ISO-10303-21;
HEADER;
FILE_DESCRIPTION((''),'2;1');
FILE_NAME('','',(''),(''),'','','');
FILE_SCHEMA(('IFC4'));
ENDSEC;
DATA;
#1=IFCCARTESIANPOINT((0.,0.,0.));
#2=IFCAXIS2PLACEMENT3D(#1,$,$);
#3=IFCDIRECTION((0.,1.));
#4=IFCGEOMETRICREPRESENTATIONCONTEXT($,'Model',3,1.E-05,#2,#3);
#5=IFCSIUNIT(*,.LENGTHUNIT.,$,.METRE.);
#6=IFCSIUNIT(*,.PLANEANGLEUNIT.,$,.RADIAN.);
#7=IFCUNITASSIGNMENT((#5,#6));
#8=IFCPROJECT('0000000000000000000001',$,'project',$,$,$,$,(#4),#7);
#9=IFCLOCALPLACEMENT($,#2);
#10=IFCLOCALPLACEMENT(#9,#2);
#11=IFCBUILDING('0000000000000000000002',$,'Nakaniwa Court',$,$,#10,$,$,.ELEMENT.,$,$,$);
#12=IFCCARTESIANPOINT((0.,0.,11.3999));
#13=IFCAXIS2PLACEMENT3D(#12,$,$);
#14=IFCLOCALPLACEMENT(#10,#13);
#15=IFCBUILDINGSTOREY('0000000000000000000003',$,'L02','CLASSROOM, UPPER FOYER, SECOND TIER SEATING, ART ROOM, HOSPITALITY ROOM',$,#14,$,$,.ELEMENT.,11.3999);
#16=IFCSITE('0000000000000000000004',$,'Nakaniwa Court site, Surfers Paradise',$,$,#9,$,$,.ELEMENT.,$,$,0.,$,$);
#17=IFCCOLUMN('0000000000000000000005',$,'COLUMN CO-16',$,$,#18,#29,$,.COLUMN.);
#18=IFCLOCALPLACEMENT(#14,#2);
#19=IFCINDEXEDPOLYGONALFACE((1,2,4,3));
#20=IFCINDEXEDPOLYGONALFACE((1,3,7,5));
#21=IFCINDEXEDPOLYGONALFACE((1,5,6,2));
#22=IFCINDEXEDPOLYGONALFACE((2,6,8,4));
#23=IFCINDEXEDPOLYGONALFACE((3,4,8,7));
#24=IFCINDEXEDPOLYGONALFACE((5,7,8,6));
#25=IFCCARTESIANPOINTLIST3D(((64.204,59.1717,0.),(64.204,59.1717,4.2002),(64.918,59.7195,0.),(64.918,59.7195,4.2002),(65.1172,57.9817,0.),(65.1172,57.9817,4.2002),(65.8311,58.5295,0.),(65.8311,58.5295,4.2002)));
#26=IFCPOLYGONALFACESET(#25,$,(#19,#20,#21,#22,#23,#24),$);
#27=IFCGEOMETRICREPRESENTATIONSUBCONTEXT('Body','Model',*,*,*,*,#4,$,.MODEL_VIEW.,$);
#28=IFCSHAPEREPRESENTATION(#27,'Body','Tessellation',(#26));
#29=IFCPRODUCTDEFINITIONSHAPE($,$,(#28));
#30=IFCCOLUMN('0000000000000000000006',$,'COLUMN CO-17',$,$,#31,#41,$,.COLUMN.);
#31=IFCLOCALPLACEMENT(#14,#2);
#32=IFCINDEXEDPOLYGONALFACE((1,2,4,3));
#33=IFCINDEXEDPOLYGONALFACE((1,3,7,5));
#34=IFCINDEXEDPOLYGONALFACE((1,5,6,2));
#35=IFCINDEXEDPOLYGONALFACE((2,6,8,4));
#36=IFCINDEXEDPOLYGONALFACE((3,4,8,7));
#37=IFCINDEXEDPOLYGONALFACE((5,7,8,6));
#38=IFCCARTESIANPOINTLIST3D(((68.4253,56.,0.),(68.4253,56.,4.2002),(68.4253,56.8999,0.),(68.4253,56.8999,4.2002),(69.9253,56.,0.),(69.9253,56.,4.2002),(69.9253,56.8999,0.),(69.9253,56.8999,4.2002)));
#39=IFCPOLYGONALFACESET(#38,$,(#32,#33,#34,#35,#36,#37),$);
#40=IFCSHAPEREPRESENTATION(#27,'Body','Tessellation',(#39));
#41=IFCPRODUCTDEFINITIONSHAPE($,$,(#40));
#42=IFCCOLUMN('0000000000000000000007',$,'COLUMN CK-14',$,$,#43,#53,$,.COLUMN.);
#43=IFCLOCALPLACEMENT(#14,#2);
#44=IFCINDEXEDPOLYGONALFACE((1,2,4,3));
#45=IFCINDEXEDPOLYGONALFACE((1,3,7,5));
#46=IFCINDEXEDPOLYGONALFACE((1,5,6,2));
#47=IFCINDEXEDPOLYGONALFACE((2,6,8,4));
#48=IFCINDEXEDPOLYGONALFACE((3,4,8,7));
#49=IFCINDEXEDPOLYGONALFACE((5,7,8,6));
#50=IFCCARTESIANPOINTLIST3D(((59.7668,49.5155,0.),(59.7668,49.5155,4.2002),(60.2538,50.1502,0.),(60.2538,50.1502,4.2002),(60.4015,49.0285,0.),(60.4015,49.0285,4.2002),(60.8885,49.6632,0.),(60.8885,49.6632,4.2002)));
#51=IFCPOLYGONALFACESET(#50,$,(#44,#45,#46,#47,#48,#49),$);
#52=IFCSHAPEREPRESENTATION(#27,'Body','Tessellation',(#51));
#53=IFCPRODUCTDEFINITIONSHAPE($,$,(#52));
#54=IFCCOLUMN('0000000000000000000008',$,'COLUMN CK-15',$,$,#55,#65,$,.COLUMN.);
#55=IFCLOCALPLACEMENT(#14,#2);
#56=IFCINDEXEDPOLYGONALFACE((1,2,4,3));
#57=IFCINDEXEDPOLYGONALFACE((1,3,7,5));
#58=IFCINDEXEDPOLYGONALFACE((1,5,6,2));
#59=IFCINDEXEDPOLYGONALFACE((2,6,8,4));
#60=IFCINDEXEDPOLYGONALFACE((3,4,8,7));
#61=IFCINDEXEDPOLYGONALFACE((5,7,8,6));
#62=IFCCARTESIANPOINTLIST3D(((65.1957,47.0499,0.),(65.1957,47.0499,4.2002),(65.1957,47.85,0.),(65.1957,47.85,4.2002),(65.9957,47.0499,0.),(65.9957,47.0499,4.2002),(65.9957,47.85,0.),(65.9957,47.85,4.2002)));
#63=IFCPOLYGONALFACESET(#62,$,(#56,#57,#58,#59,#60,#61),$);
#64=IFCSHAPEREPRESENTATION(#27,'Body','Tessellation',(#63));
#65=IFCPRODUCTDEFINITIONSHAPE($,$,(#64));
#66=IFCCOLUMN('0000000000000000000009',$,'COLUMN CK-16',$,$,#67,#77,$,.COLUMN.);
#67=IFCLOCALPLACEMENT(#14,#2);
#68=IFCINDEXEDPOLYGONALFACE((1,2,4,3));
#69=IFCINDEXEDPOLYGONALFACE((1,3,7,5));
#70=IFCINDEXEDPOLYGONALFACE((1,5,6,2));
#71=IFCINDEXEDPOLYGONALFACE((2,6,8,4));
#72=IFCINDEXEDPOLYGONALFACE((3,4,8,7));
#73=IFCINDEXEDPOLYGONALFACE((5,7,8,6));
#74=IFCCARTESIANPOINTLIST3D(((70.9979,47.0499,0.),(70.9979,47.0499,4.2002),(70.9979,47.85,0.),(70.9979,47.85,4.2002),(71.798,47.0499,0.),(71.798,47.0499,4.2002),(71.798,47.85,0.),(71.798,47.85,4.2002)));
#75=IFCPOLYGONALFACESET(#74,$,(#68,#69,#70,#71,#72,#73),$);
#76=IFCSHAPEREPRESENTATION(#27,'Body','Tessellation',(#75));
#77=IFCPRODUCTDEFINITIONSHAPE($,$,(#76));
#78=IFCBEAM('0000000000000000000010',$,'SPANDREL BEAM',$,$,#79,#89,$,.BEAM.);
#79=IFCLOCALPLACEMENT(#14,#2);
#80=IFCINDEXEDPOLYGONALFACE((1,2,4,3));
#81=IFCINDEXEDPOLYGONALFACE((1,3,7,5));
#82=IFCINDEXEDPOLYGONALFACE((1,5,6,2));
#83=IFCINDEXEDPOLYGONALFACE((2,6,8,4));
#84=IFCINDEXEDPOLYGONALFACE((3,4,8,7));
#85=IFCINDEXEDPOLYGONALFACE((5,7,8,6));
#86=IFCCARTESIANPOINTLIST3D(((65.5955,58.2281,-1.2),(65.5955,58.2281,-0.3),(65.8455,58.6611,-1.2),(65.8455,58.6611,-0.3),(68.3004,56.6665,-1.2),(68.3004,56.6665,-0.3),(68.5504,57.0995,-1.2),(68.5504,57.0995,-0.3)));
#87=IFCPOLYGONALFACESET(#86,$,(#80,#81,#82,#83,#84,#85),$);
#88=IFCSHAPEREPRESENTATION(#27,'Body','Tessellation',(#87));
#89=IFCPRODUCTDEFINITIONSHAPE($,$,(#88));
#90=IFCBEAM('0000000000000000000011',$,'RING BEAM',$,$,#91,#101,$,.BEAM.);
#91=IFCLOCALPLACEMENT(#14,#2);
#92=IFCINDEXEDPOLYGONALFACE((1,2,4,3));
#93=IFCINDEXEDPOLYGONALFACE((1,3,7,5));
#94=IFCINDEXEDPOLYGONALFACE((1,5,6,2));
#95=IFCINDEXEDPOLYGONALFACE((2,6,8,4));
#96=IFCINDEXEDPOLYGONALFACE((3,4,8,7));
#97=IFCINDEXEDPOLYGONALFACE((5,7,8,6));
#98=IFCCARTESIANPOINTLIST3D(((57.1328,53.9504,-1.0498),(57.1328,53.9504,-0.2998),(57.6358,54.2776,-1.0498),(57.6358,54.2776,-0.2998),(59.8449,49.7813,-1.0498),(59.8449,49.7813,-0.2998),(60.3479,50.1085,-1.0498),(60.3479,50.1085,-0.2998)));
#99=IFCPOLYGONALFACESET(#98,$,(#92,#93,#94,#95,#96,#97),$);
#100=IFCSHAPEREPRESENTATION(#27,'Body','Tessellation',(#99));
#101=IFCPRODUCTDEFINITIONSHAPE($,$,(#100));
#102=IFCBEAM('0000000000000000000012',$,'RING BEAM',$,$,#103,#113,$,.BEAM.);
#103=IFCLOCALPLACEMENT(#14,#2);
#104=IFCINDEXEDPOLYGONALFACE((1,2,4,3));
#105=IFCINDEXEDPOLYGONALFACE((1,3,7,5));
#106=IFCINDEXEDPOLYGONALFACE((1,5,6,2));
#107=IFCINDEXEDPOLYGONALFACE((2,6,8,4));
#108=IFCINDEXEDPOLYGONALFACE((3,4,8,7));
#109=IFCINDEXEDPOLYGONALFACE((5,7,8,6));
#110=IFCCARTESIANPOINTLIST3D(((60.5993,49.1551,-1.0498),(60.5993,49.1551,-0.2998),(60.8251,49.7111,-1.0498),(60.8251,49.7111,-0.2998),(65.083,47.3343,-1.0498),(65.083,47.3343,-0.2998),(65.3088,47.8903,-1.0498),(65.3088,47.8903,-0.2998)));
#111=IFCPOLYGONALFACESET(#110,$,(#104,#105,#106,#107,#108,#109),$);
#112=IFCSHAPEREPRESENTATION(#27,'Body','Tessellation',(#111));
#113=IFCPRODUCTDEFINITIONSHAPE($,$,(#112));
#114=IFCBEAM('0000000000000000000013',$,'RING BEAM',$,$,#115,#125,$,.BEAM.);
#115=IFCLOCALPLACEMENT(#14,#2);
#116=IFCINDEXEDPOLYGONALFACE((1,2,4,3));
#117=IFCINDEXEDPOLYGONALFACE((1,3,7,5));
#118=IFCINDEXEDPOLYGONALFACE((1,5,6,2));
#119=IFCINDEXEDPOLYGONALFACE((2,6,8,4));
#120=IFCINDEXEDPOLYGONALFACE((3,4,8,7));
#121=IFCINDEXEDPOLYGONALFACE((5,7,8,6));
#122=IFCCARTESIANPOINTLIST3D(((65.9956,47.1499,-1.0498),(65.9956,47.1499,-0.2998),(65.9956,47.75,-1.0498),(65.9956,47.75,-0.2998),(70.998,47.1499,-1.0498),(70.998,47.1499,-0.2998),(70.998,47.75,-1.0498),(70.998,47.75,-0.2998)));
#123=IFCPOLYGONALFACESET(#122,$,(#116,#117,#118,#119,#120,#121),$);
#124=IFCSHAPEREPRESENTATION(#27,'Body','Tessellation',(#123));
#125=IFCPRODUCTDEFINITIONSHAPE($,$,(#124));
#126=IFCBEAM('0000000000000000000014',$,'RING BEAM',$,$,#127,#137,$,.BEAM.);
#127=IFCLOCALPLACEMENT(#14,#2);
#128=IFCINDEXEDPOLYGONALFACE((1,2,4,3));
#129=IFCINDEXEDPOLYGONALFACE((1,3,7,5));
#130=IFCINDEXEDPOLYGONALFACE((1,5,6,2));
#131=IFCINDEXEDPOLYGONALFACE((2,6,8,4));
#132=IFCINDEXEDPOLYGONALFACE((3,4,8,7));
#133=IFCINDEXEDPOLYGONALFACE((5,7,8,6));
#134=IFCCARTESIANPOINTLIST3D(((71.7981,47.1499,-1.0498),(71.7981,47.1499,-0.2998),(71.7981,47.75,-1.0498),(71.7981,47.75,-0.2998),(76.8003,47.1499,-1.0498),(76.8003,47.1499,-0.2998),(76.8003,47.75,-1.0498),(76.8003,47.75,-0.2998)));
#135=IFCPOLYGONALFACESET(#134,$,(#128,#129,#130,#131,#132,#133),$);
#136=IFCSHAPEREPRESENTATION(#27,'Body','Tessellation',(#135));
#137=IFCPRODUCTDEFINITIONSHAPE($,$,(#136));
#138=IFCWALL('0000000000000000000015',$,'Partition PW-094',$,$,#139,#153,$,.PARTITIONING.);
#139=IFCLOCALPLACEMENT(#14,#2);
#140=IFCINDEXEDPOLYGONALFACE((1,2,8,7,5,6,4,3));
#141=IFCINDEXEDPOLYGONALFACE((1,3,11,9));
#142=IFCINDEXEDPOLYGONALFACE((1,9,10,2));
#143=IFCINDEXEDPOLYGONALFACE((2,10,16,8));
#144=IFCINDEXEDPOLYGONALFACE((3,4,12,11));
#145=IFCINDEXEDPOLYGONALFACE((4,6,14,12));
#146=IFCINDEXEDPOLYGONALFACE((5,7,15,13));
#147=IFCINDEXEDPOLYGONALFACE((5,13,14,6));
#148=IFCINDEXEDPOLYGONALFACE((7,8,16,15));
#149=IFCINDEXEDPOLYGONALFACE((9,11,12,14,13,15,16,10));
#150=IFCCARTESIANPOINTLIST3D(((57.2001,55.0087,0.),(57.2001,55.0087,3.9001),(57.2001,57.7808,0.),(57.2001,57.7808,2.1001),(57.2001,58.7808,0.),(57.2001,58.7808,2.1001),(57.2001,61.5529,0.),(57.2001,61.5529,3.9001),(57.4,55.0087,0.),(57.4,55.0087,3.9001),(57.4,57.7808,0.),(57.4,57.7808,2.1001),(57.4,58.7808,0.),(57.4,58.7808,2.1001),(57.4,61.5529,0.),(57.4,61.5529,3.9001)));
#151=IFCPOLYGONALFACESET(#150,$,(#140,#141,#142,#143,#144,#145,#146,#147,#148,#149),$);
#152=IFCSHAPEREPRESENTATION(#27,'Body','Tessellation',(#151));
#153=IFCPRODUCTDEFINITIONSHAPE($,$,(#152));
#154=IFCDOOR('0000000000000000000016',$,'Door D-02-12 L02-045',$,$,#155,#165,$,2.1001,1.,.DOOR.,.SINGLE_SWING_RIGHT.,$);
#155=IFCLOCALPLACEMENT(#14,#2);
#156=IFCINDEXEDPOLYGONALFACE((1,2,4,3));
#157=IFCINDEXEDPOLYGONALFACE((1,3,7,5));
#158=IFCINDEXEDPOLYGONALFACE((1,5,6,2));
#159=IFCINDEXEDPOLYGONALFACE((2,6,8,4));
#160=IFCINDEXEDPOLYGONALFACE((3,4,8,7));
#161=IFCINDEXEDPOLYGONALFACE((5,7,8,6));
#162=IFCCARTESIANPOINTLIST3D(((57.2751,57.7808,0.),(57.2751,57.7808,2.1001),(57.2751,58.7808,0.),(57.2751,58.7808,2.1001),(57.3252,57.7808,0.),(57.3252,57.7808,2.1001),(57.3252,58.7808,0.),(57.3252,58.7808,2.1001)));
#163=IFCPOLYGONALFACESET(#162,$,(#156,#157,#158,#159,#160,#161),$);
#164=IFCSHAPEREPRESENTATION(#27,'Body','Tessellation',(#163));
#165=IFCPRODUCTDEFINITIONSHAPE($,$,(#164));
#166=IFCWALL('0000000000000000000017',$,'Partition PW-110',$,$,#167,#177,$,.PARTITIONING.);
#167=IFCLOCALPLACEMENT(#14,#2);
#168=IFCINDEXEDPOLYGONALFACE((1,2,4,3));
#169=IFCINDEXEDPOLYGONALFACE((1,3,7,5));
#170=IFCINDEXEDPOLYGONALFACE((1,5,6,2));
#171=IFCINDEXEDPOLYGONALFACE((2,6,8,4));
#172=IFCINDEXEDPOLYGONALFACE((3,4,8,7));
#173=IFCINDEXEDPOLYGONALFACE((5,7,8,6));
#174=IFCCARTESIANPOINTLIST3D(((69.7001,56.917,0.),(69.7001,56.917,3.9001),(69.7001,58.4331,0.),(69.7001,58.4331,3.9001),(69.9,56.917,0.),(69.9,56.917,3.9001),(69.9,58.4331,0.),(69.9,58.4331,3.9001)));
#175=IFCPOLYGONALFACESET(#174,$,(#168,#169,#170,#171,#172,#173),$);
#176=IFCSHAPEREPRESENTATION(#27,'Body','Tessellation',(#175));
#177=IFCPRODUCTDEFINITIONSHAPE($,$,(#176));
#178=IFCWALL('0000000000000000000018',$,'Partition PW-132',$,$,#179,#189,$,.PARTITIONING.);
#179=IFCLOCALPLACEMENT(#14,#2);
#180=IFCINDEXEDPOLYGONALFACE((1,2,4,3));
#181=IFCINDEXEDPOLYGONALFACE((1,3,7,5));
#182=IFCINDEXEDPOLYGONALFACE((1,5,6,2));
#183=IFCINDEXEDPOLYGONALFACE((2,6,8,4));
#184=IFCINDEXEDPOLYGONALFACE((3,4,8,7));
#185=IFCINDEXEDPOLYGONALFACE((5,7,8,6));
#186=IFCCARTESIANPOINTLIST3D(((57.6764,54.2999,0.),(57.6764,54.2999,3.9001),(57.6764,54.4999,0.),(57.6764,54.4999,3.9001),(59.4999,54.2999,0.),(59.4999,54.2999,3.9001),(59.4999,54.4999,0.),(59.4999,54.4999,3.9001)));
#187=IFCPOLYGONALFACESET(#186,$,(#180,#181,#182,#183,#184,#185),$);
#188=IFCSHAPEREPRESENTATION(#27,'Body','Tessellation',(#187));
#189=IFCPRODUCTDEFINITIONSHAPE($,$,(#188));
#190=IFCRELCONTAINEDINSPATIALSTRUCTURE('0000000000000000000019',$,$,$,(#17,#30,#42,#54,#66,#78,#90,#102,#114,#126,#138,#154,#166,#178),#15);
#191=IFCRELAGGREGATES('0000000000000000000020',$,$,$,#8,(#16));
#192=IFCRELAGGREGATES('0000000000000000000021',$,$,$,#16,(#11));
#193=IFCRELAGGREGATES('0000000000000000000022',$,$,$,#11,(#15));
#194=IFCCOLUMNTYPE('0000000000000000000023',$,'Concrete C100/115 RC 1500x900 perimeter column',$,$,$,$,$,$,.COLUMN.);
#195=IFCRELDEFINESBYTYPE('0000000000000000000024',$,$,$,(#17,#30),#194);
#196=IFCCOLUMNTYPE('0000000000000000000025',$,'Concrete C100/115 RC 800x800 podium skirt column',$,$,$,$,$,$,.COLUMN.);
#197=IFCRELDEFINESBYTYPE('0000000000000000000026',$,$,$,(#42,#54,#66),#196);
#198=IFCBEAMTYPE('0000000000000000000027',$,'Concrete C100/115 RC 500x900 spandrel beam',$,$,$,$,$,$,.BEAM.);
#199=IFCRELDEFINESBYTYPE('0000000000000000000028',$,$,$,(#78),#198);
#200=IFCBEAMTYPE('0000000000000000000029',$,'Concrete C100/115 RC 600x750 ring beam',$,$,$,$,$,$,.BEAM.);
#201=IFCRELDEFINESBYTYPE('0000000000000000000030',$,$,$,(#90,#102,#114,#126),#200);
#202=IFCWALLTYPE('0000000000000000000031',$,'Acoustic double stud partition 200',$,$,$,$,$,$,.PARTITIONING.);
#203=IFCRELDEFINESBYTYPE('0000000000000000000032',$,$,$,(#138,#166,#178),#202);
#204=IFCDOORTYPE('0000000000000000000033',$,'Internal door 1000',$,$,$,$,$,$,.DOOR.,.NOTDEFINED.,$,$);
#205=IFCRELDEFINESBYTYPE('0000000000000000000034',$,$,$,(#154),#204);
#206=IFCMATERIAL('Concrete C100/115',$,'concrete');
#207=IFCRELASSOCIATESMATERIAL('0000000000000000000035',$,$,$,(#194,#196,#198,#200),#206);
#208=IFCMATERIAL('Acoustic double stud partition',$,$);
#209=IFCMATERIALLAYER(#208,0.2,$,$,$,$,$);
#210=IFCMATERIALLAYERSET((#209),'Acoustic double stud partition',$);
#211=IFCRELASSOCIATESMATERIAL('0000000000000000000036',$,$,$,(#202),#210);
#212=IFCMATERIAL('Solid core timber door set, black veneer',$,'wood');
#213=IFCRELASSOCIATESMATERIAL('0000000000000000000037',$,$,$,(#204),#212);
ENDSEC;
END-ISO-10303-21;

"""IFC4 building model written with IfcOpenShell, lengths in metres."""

from ifc_helpers import new_model, si_unit, direction, frame, frame_2d, origin, origin_2d, place, context, subcontext, project, spatial, rectangle, extrude, material, layer, layer_set, material_profile, profile_set, type_object, element, fill, save


model = new_model("IFC4")

# Units and contexts
model_context = context("Model", 3, precision=1e-05, world=origin(), true_north=direction((0.0, 1.0)))
body_context = subcontext(model_context, "Body", "Model", "MODEL_VIEW")
ifc_project = project(units=[si_unit("LENGTHUNIT", "METRE"), si_unit("PLANEANGLEUNIT", "RADIAN")], contexts=[model_context])

# Site, building, storey
site_placement = place(None, origin())
site = spatial("IfcSite", under=ifc_project, at=site_placement, Name="Nakaniwa Court site, Surfers Paradise", CompositionType="ELEMENT", RefElevation=0.0)
building_placement = place(site_placement, origin())
building = spatial("IfcBuilding", under=site, at=building_placement, Name="Nakaniwa Court", CompositionType="ELEMENT")
storey_placement = place(building_placement, frame((0.0, 0.0, 11.3999)))
storey = spatial("IfcBuildingStorey", under=building, at=storey_placement, Name="L02", Description="CLASSROOM, UPPER FOYER, SECOND TIER SEATING, ART ROOM, HOSPITALITY ROOM", CompositionType="ELEMENT", Elevation=11.3999)

# Columns
ifc_material_1 = material(Name="Concrete C100/115", Category="concrete")
ifc_material_profile_1 = material_profile(ifc_material_1, rectangle(XDim=1.5, YDim=0.8999, at=origin_2d()), Name="Concrete C100/115 RC 1500x900 perimeter column")
ifc_profile_set_1 = profile_set([ifc_material_profile_1], Name="Concrete C100/115")
column_type_1 = type_object("IfcColumnType", Name="Concrete C100/115 RC 1500x900 perimeter column", PredefinedType="COLUMN", material=ifc_profile_set_1)
for number, where, z_axis, x_axis, name in (
    (1, (65.0176, 58.8506, 0.0), (0.0, 0.0, 1.0), (0.608761, -0.793353, 0.0), "COLUMN CO-16"),
    (2, (69.1753, 56.45, 0.0), (0.0, 0.0, 1.0), (1.0, 0.0, 0.0), "COLUMN CO-17"),
):
    element("IfcColumn", number, at=place(storey_placement, frame(where, z_axis=z_axis, x_axis=x_axis)), inside=storey, type_object=column_type_1, Name=name, PredefinedType="COLUMN", context=body_context, shape_type="SweptSolid", body=[
        extrude(rectangle(XDim=1.5, YDim=0.8999, at=origin_2d()), origin(), (0.0, 0.0, 1.0), 4.2002),
    ])
ifc_material_profile_2 = material_profile(ifc_material_1, rectangle(XDim=0.8, YDim=0.8, at=origin_2d()), Name="Concrete C100/115 RC 800x800 podium skirt column")
ifc_profile_set_2 = profile_set([ifc_material_profile_2], Name="Concrete C100/115")
column_type_2 = type_object("IfcColumnType", Name="Concrete C100/115 RC 800x800 podium skirt column", PredefinedType="COLUMN", material=ifc_profile_set_2)
for number, where, z_axis, x_axis, name in (
    (3, (60.3276, 49.5894, 0.0), (0.0, 0.0, 1.0), (0.793353, -0.608761, 0.0), "COLUMN CK-14"),
    (4, (65.5957, 47.45, 0.0), (0.0, 0.0, 1.0), (1.0, 0.0, 0.0), "COLUMN CK-15"),
    (5, (71.3979, 47.45, 0.0), (0.0, 0.0, 1.0), (1.0, 0.0, 0.0), "COLUMN CK-16"),
):
    element("IfcColumn", number, at=place(storey_placement, frame(where, z_axis=z_axis, x_axis=x_axis)), inside=storey, type_object=column_type_2, Name=name, PredefinedType="COLUMN", context=body_context, shape_type="SweptSolid", body=[
        extrude(rectangle(XDim=0.8, YDim=0.8, at=origin_2d()), origin(), (0.0, 0.0, 1.0), 4.2002),
    ])

# Beams
ifc_material_profile_3 = material_profile(ifc_material_1, rectangle(XDim=0.5, YDim=0.8999, at=origin_2d()), Name="Concrete C100/115 RC 500x900 spandrel beam")
ifc_profile_set_3 = profile_set([ifc_material_profile_3], Name="Concrete C100/115")
beam_type_1 = type_object("IfcBeamType", Name="Concrete C100/115 RC 500x900 spandrel beam", PredefinedType="BEAM", material=ifc_profile_set_3)
beam_1_placement = place(storey_placement, frame((65.7205, 58.4446, -0.75), z_axis=(0.866041, -0.499973, 0.0), x_axis=(0.499973, 0.866041, 0.0)))
element("IfcBeam", 6, at=beam_1_placement, inside=storey, type_object=beam_type_1, Name="SPANDREL BEAM", PredefinedType="BEAM", context=body_context, shape_type="SweptSolid", body=[
    extrude(rectangle(XDim=0.5, YDim=0.8999, at=origin_2d()), origin(), (0.0, 0.0, 1.0), 3.1233),
])
ifc_material_profile_4 = material_profile(ifc_material_1, rectangle(XDim=0.6001, YDim=0.75, at=origin_2d()), Name="Concrete C100/115 RC 600x750 ring beam")
ifc_profile_set_4 = profile_set([ifc_material_profile_4], Name="Concrete C100/115")
beam_type_2 = type_object("IfcBeamType", Name="Concrete C100/115 RC 600x750 ring beam", PredefinedType="BEAM", material=ifc_profile_set_4)
beam_2_placement = place(storey_placement, frame((57.3843, 54.114, -0.6748), z_axis=(0.545297, -0.838243, 0.0), x_axis=(0.838243, 0.545297, 0.0)))
element("IfcBeam", 7, at=beam_2_placement, inside=storey, type_object=beam_type_2, Name="RING BEAM", PredefinedType="BEAM", context=body_context, shape_type="SweptSolid", body=[
    extrude(rectangle(XDim=0.6001, YDim=0.75, at=origin_2d()), origin(), (0.0, 0.0, 1.0), 4.9736),
])
beam_3_placement = place(storey_placement, frame((60.7122, 49.4331, -0.6748), z_axis=(0.926515, -0.376257, 0.0), x_axis=(0.376257, 0.926515, 0.0)))
element("IfcBeam", 8, at=beam_3_placement, inside=storey, type_object=beam_type_2, Name="RING BEAM", PredefinedType="BEAM", context=body_context, shape_type="SweptSolid", body=[
    extrude(rectangle(XDim=0.6001, YDim=0.75, at=origin_2d()), origin(), (0.0, 0.0, 1.0), 4.8394),
])
beam_4_placement = place(storey_placement, frame((65.9956, 47.45, -0.6748), z_axis=(1.0, 0.0, 0.0), x_axis=(0.0, 1.0, 0.0)))
element("IfcBeam", 9, at=beam_4_placement, inside=storey, type_object=beam_type_2, Name="RING BEAM", PredefinedType="BEAM", context=body_context, shape_type="SweptSolid", body=[
    extrude(rectangle(XDim=0.6001, YDim=0.75, at=origin_2d()), origin(), (0.0, 0.0, 1.0), 5.0024),
])
beam_5_placement = place(storey_placement, frame((71.7981, 47.45, -0.6748), z_axis=(1.0, 0.0, 0.0), x_axis=(0.0, 1.0, 0.0)))
element("IfcBeam", 10, at=beam_5_placement, inside=storey, type_object=beam_type_2, Name="RING BEAM", PredefinedType="BEAM", context=body_context, shape_type="SweptSolid", body=[
    extrude(rectangle(XDim=0.6001, YDim=0.75, at=origin_2d()), origin(), (0.0, 0.0, 1.0), 5.0022),
])

# Wall, opening, door
ifc_material_2 = material(Name="Acoustic double stud partition")
ifc_layer_1 = layer(ifc_material_2, 0.2)
ifc_layer_set_1 = layer_set([ifc_layer_1], Name="Acoustic double stud partition")
wall_type_1 = type_object("IfcWallType", Name="Acoustic double stud partition 200", PredefinedType="PARTITIONING", material=ifc_layer_set_1)
wall_1_placement = place(storey_placement, frame((57.3, 55.0088, 0.0), z_axis=(0.0, 0.0, 1.0), x_axis=(0.0, 1.0, 0.0)))
wall_1 = element("IfcWall", 11, at=wall_1_placement, inside=storey, type_object=wall_type_1, Name="Partition PW-094", PredefinedType="PARTITIONING", context=body_context, shape_type="SweptSolid", body=[
    extrude(rectangle(XDim=6.5442, YDim=0.2, at=frame_2d((3.272, 0.0))), origin(), (0.0, 0.0, 1.0), 3.9001),
])
opening_1_placement = place(wall_1_placement, frame((2.772, 0.0, 0.0)))
opening_1 = element("IfcOpeningElement", 12, at=opening_1_placement, cuts=wall_1, PredefinedType="OPENING", context=body_context, shape_type="SweptSolid", body=[
    extrude(rectangle(XDim=1.0, YDim=2.1001, at=frame_2d((0.5, 1.05))), frame((0.0, 0.1099, 0.0), z_axis=(0.0, -1.0, 0.0), x_axis=(1.0, 0.0, 0.0)), (0.0, 0.0, 1.0), 0.22),
])
ifc_material_3 = material(Name="Solid core timber door set, black veneer", Category="wood")
door_type = type_object("IfcDoorType", Name="Internal door 1000", OperationType="NOTDEFINED", PredefinedType="DOOR", material=ifc_material_3)
door_placement = place(opening_1_placement, origin())
door = element("IfcDoor", 13, at=door_placement, inside=storey, type_object=door_type, Name="Door D-02-12 L02-045", OperationType="SINGLE_SWING_RIGHT", OverallHeight=2.1001, OverallWidth=1.0, PredefinedType="DOOR", context=body_context, shape_type="SweptSolid", body=[
    extrude(rectangle(XDim=1.0, YDim=2.1001, at=frame_2d((0.5, 1.05))), frame((0.0, 0.0249, 0.0), z_axis=(0.0, -1.0, 0.0), x_axis=(1.0, 0.0, 0.0)), (0.0, 0.0, 1.0), 0.05),
])
fill(opening_1, door)

# Walls
wall_2_placement = place(storey_placement, frame((69.8, 56.917, 0.0), z_axis=(0.0, 0.0, 1.0), x_axis=(0.0, 1.0, 0.0)))
element("IfcWall", 14, at=wall_2_placement, inside=storey, type_object=wall_type_1, Name="Partition PW-110", PredefinedType="PARTITIONING", context=body_context, shape_type="SweptSolid", body=[
    extrude(rectangle(XDim=1.5161, YDim=0.2, at=frame_2d((0.7581, 0.0))), origin(), (0.0, 0.0, 1.0), 3.9001),
])
wall_3_placement = place(storey_placement, frame((57.6765, 54.3999, 0.0), z_axis=(0.0, 0.0, 1.0), x_axis=(1.0, 0.0, 0.0)))
element("IfcWall", 15, at=wall_3_placement, inside=storey, type_object=wall_type_1, Name="Partition PW-132", PredefinedType="PARTITIONING", context=body_context, shape_type="SweptSolid", body=[
    extrude(rectangle(XDim=1.8235, YDim=0.2, at=frame_2d((0.9116, 0.0))), origin(), (0.0, 0.0, 1.0), 3.9001),
])

save(model, "model.ifc")
